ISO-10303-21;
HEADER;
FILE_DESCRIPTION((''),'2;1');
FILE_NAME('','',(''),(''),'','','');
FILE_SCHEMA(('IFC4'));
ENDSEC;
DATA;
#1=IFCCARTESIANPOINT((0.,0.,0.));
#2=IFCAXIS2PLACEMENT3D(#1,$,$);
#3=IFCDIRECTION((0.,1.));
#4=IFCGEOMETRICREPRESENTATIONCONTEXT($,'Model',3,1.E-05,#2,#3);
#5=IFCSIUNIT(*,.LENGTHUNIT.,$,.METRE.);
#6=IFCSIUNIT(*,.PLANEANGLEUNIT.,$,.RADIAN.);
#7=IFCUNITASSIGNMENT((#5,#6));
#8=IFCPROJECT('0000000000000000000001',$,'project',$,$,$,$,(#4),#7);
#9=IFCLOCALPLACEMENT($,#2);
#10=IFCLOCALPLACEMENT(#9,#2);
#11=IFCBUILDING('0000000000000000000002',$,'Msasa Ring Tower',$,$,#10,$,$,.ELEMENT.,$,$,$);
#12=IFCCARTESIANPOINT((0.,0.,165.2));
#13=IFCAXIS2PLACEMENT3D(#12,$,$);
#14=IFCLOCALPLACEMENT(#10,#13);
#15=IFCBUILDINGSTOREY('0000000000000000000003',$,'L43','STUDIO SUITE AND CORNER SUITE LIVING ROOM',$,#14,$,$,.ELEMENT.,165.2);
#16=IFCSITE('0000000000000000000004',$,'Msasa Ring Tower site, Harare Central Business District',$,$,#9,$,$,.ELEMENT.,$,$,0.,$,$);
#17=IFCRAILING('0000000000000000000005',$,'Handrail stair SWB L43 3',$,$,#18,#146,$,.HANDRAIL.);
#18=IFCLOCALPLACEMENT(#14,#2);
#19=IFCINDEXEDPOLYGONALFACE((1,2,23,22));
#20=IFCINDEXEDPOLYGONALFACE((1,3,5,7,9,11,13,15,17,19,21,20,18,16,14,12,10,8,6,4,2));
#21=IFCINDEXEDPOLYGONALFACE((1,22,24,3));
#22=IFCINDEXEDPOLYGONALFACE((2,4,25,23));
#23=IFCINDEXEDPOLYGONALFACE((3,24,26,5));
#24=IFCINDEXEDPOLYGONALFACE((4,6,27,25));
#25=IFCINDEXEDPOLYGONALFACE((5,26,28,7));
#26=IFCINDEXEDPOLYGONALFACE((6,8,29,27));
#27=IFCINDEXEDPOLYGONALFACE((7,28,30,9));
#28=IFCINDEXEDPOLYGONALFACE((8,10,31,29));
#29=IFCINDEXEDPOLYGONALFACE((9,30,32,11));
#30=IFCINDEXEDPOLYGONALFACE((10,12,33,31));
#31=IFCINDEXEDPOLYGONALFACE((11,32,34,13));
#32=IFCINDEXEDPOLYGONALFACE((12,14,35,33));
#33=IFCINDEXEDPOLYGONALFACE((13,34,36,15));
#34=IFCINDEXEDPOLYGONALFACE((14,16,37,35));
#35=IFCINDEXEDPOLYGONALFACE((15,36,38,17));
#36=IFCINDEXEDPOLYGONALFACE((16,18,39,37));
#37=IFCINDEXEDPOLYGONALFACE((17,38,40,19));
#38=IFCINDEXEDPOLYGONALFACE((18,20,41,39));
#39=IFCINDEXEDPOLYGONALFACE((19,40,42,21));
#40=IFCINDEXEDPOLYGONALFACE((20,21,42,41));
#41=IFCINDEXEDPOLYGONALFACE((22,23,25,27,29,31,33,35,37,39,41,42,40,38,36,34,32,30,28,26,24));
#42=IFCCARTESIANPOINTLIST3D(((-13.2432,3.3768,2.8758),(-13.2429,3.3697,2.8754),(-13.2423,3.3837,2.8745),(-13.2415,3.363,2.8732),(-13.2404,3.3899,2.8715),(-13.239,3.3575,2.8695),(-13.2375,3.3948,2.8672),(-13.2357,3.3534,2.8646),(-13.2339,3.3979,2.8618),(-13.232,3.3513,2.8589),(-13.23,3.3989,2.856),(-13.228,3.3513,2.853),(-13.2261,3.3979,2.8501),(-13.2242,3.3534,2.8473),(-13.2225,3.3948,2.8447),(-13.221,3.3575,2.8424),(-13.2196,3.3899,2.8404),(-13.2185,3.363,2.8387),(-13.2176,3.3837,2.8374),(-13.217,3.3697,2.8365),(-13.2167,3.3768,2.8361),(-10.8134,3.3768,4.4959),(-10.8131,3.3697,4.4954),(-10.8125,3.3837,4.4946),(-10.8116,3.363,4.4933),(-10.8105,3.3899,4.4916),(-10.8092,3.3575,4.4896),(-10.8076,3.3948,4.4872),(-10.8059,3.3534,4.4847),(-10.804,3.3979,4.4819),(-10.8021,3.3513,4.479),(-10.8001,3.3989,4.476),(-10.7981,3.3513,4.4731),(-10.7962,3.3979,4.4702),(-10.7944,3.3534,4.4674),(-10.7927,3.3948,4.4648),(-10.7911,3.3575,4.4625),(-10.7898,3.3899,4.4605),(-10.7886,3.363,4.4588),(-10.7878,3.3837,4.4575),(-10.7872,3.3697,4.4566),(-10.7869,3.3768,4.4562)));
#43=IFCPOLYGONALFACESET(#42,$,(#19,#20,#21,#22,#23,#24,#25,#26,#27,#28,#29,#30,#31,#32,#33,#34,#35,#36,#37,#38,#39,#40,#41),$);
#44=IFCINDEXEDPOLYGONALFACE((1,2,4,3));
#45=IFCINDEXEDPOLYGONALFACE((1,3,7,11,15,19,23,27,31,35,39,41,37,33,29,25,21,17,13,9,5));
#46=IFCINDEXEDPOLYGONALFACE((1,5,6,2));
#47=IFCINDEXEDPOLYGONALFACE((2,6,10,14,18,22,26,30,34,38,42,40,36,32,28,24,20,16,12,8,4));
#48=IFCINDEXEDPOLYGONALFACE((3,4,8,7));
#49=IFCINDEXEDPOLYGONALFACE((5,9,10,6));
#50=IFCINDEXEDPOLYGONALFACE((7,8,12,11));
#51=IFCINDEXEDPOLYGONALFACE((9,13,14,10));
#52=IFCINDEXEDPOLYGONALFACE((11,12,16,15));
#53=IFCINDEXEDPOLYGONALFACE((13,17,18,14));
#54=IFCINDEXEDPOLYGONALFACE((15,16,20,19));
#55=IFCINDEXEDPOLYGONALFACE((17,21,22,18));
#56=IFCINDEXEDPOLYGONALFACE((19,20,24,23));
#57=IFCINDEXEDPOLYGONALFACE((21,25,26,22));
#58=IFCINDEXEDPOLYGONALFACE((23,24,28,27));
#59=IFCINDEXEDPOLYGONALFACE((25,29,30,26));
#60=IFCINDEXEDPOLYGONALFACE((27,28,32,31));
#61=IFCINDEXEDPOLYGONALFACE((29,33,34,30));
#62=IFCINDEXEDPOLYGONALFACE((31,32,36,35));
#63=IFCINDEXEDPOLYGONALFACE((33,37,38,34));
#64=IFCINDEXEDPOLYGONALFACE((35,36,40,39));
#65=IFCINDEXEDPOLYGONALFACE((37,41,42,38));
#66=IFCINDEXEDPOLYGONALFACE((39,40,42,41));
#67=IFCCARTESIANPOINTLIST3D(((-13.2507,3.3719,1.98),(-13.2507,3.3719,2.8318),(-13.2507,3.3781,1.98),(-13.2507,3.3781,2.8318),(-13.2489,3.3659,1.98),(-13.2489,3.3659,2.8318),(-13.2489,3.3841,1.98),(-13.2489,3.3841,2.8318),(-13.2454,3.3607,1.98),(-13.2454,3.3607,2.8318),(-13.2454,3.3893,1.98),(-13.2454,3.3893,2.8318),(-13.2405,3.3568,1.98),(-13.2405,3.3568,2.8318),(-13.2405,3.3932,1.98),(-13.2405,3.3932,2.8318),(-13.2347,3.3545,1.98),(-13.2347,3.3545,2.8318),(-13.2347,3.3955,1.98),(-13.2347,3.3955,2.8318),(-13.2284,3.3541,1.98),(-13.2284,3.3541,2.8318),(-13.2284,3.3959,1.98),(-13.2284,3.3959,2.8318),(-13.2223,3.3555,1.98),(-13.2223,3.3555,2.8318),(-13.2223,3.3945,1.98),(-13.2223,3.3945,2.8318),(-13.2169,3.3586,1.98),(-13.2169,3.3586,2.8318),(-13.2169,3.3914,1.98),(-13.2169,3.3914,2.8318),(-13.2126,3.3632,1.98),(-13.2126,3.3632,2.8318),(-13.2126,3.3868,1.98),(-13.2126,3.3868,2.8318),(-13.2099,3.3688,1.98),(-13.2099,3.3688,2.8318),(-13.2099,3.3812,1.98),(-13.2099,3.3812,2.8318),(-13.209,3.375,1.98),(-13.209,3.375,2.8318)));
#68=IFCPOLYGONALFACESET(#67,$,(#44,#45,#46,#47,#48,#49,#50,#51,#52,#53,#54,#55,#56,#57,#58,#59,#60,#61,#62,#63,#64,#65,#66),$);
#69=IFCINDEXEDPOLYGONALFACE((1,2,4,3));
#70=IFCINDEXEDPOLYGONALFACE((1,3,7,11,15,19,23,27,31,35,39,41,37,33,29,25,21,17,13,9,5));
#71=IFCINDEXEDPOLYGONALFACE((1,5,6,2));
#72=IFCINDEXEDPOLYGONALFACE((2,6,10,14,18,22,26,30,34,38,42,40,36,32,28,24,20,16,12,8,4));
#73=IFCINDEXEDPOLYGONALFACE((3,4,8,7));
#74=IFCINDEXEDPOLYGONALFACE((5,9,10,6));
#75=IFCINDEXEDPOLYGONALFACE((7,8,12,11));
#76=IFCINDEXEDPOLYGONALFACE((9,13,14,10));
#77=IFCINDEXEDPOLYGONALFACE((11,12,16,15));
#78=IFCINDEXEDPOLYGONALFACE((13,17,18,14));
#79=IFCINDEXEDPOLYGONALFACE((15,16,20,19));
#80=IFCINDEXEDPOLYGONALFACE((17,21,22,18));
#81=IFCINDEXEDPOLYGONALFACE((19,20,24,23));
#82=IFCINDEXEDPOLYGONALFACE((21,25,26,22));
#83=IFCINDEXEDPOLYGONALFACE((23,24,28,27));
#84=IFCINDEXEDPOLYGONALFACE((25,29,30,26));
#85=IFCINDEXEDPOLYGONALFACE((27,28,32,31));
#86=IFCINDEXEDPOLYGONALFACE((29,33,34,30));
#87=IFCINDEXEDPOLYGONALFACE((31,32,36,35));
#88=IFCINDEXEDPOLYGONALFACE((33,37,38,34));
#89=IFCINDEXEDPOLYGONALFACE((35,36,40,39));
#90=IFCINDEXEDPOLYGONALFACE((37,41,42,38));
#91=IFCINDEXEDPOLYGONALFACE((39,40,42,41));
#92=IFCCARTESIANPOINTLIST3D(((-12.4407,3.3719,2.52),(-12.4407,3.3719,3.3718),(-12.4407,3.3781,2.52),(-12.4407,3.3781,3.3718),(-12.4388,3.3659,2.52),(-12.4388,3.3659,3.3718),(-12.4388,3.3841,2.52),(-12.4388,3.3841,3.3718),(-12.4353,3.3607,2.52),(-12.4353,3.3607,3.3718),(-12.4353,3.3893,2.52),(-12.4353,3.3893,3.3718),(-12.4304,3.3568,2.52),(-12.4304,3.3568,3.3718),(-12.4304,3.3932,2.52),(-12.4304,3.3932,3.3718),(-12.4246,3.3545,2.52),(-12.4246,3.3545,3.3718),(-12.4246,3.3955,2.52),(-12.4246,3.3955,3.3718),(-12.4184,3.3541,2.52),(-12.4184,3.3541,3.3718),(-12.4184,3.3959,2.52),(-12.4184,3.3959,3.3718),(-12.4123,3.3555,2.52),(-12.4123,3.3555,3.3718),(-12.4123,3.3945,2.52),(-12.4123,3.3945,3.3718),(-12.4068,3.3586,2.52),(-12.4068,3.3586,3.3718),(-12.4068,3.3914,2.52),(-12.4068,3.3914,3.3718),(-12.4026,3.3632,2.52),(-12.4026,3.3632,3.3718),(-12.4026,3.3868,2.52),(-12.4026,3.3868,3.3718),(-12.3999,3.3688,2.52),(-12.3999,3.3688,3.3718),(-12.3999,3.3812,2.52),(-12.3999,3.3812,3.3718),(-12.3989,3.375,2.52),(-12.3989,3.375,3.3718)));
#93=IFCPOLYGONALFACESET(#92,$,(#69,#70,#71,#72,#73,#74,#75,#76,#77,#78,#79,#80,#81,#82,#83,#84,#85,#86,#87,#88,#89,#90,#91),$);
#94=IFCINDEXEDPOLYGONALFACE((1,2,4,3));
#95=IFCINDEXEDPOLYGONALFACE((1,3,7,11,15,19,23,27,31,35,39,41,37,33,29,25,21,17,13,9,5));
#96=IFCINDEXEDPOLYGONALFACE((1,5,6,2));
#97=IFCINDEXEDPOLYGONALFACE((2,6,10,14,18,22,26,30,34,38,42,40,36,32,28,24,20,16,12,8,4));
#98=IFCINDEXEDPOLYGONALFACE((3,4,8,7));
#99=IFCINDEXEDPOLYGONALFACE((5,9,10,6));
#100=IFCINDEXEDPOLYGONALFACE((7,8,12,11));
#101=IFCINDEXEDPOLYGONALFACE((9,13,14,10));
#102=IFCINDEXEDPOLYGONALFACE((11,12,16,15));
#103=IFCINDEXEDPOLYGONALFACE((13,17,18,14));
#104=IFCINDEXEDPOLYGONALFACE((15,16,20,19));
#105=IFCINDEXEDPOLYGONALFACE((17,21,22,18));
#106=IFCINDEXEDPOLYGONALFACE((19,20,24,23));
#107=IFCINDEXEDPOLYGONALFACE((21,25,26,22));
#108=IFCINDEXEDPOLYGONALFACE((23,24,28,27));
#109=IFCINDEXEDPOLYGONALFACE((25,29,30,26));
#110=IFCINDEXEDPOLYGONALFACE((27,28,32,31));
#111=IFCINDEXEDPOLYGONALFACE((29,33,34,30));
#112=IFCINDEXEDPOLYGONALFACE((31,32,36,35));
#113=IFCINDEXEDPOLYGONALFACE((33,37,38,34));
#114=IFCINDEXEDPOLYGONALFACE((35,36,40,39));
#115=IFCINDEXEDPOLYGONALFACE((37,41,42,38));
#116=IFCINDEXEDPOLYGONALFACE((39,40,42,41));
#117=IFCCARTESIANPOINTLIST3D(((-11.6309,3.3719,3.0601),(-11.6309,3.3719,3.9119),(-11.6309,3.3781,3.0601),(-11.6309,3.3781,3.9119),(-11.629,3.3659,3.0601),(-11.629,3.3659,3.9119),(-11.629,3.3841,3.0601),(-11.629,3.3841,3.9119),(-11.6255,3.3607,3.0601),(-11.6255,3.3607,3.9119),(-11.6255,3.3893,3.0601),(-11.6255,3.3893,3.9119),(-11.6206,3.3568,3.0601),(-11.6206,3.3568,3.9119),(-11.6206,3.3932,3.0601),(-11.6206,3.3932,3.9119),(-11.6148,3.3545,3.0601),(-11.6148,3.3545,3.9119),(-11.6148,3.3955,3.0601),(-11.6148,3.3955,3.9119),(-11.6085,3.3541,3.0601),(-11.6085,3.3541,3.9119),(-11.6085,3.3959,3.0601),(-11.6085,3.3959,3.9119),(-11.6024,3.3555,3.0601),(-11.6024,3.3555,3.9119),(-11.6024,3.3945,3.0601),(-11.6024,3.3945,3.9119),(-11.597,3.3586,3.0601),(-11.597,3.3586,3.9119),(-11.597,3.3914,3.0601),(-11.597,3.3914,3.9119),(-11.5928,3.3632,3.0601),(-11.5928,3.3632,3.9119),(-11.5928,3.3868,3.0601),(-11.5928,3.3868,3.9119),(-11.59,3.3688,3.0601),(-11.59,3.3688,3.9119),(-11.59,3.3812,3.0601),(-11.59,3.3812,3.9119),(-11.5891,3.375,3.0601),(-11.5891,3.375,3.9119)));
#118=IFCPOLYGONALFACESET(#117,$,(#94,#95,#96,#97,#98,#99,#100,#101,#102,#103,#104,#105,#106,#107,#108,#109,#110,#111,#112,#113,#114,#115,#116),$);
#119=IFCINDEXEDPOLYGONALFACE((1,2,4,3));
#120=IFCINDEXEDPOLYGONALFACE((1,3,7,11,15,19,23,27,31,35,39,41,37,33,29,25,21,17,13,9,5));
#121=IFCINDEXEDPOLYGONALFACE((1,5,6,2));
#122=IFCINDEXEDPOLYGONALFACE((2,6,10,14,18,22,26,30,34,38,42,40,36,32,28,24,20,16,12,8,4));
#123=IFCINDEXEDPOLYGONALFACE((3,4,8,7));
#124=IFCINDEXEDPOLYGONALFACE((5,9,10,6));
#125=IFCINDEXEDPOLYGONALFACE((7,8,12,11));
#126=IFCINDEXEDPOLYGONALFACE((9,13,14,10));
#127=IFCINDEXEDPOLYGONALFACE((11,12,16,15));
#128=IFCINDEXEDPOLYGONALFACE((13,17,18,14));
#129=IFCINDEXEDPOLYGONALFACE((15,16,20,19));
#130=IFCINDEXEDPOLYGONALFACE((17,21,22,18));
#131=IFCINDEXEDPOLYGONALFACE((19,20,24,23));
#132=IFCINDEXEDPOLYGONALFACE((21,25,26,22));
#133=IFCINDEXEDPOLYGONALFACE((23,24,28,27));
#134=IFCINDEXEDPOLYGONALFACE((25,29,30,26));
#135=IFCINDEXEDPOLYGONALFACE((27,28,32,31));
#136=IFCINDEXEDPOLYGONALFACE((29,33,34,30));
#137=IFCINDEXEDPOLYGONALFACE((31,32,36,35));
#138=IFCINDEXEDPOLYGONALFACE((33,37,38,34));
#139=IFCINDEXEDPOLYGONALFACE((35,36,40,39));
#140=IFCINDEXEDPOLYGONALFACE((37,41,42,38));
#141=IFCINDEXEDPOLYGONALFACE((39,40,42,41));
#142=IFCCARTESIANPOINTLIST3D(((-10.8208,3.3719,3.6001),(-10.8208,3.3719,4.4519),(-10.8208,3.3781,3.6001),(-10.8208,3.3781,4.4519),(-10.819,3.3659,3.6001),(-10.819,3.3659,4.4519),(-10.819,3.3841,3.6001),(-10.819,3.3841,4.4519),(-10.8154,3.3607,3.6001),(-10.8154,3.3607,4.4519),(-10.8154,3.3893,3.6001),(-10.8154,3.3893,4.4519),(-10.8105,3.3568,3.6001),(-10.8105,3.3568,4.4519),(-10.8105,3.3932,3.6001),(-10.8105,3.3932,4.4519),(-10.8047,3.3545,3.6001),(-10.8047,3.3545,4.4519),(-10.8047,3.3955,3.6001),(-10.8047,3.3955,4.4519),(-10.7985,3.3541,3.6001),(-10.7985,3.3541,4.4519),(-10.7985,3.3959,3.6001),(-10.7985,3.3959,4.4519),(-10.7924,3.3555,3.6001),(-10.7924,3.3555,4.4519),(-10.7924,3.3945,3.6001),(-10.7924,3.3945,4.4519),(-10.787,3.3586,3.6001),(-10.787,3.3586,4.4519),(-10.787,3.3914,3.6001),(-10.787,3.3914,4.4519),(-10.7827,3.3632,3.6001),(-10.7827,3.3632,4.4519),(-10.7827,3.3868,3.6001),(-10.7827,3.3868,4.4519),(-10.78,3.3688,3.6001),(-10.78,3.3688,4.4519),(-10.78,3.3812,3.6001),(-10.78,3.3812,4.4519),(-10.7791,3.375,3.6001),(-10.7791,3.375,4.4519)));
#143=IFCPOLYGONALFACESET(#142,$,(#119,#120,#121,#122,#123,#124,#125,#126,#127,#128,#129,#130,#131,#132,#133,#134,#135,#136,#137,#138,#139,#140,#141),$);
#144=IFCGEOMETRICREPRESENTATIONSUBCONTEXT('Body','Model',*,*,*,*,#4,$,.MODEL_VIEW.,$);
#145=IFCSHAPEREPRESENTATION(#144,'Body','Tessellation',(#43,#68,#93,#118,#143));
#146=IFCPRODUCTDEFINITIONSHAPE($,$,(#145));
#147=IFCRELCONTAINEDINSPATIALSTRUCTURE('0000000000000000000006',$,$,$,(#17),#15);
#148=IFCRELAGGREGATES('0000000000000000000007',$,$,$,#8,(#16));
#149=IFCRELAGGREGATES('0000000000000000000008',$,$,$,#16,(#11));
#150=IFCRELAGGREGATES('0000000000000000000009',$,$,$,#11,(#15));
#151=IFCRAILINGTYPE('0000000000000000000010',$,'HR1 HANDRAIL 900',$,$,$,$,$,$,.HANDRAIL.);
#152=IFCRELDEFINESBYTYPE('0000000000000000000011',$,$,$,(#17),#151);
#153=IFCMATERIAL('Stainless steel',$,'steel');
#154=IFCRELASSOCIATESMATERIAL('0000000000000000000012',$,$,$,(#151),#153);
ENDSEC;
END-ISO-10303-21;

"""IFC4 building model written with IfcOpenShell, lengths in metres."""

from ifc_helpers import new_model, si_unit, direction, frame, origin, origin_2d, place, context, subcontext, project, spatial, circle, extrude, material, type_object, element, save


model = new_model("IFC4")

# Units and contexts
model_context = context("Model", 3, precision=1e-05, world=origin(), true_north=direction((0.0, 1.0)))
body_context = subcontext(model_context, "Body", "Model", "MODEL_VIEW")
ifc_project = project(units=[si_unit("LENGTHUNIT", "METRE"), si_unit("PLANEANGLEUNIT", "RADIAN")], contexts=[model_context])

# Site, building, storey
site_placement = place(None, origin())
site = spatial("IfcSite", under=ifc_project, at=site_placement, Name="Msasa Ring Tower site, Harare Central Business District", CompositionType="ELEMENT", RefElevation=0.0)
building_placement = place(site_placement, origin())
building = spatial("IfcBuilding", under=site, at=building_placement, Name="Msasa Ring Tower", CompositionType="ELEMENT")
storey_placement = place(building_placement, frame((0.0, 0.0, 165.2)))
storey = spatial("IfcBuildingStorey", under=building, at=storey_placement, Name="L43", Description="STUDIO SUITE AND CORNER SUITE LIVING ROOM", CompositionType="ELEMENT", Elevation=165.2)

# Railing
ifc_material_1 = material(Name="Stainless steel", Category="steel")
railing_type = type_object("IfcRailingType", Name="HR1 HANDRAIL 900", PredefinedType="HANDRAIL", material=ifc_material_1)
for number, where, name in (
    (1, (-13.23, 3.375, 1.98), "Handrail stair SWB L43 3"),
):
    element("IfcRailing", number, at=place(storey_placement, frame(where)), inside=storey, type_object=railing_type, Name=name, PredefinedType="HANDRAIL", context=body_context, shape_type="SweptSolid", body=[
        extrude(circle(Radius=0.0239, at=origin_2d()), frame((0.0, 0.0, 0.876), z_axis=(0.832025, 0.0, 0.554739), x_axis=(0.0, 1.0, 0.0)), (0.0, 0.0, 1.0), 2.9204),
        extrude(circle(Radius=0.021, at=origin_2d()), origin(), (0.0, 0.0, 1.0), 0.8518),
        extrude(circle(Radius=0.021, at=origin_2d()), frame((0.8101, 0.0, 0.54)), (0.0, 0.0, 1.0), 0.8518),
        extrude(circle(Radius=0.021, at=origin_2d()), frame((1.6199, 0.0, 1.0801)), (0.0, 0.0, 1.0), 0.8518),
        extrude(circle(Radius=0.021, at=origin_2d()), frame((2.4299, 0.0, 1.6201)), (0.0, 0.0, 1.0), 0.8518),
    ])

save(model, "model.ifc")
